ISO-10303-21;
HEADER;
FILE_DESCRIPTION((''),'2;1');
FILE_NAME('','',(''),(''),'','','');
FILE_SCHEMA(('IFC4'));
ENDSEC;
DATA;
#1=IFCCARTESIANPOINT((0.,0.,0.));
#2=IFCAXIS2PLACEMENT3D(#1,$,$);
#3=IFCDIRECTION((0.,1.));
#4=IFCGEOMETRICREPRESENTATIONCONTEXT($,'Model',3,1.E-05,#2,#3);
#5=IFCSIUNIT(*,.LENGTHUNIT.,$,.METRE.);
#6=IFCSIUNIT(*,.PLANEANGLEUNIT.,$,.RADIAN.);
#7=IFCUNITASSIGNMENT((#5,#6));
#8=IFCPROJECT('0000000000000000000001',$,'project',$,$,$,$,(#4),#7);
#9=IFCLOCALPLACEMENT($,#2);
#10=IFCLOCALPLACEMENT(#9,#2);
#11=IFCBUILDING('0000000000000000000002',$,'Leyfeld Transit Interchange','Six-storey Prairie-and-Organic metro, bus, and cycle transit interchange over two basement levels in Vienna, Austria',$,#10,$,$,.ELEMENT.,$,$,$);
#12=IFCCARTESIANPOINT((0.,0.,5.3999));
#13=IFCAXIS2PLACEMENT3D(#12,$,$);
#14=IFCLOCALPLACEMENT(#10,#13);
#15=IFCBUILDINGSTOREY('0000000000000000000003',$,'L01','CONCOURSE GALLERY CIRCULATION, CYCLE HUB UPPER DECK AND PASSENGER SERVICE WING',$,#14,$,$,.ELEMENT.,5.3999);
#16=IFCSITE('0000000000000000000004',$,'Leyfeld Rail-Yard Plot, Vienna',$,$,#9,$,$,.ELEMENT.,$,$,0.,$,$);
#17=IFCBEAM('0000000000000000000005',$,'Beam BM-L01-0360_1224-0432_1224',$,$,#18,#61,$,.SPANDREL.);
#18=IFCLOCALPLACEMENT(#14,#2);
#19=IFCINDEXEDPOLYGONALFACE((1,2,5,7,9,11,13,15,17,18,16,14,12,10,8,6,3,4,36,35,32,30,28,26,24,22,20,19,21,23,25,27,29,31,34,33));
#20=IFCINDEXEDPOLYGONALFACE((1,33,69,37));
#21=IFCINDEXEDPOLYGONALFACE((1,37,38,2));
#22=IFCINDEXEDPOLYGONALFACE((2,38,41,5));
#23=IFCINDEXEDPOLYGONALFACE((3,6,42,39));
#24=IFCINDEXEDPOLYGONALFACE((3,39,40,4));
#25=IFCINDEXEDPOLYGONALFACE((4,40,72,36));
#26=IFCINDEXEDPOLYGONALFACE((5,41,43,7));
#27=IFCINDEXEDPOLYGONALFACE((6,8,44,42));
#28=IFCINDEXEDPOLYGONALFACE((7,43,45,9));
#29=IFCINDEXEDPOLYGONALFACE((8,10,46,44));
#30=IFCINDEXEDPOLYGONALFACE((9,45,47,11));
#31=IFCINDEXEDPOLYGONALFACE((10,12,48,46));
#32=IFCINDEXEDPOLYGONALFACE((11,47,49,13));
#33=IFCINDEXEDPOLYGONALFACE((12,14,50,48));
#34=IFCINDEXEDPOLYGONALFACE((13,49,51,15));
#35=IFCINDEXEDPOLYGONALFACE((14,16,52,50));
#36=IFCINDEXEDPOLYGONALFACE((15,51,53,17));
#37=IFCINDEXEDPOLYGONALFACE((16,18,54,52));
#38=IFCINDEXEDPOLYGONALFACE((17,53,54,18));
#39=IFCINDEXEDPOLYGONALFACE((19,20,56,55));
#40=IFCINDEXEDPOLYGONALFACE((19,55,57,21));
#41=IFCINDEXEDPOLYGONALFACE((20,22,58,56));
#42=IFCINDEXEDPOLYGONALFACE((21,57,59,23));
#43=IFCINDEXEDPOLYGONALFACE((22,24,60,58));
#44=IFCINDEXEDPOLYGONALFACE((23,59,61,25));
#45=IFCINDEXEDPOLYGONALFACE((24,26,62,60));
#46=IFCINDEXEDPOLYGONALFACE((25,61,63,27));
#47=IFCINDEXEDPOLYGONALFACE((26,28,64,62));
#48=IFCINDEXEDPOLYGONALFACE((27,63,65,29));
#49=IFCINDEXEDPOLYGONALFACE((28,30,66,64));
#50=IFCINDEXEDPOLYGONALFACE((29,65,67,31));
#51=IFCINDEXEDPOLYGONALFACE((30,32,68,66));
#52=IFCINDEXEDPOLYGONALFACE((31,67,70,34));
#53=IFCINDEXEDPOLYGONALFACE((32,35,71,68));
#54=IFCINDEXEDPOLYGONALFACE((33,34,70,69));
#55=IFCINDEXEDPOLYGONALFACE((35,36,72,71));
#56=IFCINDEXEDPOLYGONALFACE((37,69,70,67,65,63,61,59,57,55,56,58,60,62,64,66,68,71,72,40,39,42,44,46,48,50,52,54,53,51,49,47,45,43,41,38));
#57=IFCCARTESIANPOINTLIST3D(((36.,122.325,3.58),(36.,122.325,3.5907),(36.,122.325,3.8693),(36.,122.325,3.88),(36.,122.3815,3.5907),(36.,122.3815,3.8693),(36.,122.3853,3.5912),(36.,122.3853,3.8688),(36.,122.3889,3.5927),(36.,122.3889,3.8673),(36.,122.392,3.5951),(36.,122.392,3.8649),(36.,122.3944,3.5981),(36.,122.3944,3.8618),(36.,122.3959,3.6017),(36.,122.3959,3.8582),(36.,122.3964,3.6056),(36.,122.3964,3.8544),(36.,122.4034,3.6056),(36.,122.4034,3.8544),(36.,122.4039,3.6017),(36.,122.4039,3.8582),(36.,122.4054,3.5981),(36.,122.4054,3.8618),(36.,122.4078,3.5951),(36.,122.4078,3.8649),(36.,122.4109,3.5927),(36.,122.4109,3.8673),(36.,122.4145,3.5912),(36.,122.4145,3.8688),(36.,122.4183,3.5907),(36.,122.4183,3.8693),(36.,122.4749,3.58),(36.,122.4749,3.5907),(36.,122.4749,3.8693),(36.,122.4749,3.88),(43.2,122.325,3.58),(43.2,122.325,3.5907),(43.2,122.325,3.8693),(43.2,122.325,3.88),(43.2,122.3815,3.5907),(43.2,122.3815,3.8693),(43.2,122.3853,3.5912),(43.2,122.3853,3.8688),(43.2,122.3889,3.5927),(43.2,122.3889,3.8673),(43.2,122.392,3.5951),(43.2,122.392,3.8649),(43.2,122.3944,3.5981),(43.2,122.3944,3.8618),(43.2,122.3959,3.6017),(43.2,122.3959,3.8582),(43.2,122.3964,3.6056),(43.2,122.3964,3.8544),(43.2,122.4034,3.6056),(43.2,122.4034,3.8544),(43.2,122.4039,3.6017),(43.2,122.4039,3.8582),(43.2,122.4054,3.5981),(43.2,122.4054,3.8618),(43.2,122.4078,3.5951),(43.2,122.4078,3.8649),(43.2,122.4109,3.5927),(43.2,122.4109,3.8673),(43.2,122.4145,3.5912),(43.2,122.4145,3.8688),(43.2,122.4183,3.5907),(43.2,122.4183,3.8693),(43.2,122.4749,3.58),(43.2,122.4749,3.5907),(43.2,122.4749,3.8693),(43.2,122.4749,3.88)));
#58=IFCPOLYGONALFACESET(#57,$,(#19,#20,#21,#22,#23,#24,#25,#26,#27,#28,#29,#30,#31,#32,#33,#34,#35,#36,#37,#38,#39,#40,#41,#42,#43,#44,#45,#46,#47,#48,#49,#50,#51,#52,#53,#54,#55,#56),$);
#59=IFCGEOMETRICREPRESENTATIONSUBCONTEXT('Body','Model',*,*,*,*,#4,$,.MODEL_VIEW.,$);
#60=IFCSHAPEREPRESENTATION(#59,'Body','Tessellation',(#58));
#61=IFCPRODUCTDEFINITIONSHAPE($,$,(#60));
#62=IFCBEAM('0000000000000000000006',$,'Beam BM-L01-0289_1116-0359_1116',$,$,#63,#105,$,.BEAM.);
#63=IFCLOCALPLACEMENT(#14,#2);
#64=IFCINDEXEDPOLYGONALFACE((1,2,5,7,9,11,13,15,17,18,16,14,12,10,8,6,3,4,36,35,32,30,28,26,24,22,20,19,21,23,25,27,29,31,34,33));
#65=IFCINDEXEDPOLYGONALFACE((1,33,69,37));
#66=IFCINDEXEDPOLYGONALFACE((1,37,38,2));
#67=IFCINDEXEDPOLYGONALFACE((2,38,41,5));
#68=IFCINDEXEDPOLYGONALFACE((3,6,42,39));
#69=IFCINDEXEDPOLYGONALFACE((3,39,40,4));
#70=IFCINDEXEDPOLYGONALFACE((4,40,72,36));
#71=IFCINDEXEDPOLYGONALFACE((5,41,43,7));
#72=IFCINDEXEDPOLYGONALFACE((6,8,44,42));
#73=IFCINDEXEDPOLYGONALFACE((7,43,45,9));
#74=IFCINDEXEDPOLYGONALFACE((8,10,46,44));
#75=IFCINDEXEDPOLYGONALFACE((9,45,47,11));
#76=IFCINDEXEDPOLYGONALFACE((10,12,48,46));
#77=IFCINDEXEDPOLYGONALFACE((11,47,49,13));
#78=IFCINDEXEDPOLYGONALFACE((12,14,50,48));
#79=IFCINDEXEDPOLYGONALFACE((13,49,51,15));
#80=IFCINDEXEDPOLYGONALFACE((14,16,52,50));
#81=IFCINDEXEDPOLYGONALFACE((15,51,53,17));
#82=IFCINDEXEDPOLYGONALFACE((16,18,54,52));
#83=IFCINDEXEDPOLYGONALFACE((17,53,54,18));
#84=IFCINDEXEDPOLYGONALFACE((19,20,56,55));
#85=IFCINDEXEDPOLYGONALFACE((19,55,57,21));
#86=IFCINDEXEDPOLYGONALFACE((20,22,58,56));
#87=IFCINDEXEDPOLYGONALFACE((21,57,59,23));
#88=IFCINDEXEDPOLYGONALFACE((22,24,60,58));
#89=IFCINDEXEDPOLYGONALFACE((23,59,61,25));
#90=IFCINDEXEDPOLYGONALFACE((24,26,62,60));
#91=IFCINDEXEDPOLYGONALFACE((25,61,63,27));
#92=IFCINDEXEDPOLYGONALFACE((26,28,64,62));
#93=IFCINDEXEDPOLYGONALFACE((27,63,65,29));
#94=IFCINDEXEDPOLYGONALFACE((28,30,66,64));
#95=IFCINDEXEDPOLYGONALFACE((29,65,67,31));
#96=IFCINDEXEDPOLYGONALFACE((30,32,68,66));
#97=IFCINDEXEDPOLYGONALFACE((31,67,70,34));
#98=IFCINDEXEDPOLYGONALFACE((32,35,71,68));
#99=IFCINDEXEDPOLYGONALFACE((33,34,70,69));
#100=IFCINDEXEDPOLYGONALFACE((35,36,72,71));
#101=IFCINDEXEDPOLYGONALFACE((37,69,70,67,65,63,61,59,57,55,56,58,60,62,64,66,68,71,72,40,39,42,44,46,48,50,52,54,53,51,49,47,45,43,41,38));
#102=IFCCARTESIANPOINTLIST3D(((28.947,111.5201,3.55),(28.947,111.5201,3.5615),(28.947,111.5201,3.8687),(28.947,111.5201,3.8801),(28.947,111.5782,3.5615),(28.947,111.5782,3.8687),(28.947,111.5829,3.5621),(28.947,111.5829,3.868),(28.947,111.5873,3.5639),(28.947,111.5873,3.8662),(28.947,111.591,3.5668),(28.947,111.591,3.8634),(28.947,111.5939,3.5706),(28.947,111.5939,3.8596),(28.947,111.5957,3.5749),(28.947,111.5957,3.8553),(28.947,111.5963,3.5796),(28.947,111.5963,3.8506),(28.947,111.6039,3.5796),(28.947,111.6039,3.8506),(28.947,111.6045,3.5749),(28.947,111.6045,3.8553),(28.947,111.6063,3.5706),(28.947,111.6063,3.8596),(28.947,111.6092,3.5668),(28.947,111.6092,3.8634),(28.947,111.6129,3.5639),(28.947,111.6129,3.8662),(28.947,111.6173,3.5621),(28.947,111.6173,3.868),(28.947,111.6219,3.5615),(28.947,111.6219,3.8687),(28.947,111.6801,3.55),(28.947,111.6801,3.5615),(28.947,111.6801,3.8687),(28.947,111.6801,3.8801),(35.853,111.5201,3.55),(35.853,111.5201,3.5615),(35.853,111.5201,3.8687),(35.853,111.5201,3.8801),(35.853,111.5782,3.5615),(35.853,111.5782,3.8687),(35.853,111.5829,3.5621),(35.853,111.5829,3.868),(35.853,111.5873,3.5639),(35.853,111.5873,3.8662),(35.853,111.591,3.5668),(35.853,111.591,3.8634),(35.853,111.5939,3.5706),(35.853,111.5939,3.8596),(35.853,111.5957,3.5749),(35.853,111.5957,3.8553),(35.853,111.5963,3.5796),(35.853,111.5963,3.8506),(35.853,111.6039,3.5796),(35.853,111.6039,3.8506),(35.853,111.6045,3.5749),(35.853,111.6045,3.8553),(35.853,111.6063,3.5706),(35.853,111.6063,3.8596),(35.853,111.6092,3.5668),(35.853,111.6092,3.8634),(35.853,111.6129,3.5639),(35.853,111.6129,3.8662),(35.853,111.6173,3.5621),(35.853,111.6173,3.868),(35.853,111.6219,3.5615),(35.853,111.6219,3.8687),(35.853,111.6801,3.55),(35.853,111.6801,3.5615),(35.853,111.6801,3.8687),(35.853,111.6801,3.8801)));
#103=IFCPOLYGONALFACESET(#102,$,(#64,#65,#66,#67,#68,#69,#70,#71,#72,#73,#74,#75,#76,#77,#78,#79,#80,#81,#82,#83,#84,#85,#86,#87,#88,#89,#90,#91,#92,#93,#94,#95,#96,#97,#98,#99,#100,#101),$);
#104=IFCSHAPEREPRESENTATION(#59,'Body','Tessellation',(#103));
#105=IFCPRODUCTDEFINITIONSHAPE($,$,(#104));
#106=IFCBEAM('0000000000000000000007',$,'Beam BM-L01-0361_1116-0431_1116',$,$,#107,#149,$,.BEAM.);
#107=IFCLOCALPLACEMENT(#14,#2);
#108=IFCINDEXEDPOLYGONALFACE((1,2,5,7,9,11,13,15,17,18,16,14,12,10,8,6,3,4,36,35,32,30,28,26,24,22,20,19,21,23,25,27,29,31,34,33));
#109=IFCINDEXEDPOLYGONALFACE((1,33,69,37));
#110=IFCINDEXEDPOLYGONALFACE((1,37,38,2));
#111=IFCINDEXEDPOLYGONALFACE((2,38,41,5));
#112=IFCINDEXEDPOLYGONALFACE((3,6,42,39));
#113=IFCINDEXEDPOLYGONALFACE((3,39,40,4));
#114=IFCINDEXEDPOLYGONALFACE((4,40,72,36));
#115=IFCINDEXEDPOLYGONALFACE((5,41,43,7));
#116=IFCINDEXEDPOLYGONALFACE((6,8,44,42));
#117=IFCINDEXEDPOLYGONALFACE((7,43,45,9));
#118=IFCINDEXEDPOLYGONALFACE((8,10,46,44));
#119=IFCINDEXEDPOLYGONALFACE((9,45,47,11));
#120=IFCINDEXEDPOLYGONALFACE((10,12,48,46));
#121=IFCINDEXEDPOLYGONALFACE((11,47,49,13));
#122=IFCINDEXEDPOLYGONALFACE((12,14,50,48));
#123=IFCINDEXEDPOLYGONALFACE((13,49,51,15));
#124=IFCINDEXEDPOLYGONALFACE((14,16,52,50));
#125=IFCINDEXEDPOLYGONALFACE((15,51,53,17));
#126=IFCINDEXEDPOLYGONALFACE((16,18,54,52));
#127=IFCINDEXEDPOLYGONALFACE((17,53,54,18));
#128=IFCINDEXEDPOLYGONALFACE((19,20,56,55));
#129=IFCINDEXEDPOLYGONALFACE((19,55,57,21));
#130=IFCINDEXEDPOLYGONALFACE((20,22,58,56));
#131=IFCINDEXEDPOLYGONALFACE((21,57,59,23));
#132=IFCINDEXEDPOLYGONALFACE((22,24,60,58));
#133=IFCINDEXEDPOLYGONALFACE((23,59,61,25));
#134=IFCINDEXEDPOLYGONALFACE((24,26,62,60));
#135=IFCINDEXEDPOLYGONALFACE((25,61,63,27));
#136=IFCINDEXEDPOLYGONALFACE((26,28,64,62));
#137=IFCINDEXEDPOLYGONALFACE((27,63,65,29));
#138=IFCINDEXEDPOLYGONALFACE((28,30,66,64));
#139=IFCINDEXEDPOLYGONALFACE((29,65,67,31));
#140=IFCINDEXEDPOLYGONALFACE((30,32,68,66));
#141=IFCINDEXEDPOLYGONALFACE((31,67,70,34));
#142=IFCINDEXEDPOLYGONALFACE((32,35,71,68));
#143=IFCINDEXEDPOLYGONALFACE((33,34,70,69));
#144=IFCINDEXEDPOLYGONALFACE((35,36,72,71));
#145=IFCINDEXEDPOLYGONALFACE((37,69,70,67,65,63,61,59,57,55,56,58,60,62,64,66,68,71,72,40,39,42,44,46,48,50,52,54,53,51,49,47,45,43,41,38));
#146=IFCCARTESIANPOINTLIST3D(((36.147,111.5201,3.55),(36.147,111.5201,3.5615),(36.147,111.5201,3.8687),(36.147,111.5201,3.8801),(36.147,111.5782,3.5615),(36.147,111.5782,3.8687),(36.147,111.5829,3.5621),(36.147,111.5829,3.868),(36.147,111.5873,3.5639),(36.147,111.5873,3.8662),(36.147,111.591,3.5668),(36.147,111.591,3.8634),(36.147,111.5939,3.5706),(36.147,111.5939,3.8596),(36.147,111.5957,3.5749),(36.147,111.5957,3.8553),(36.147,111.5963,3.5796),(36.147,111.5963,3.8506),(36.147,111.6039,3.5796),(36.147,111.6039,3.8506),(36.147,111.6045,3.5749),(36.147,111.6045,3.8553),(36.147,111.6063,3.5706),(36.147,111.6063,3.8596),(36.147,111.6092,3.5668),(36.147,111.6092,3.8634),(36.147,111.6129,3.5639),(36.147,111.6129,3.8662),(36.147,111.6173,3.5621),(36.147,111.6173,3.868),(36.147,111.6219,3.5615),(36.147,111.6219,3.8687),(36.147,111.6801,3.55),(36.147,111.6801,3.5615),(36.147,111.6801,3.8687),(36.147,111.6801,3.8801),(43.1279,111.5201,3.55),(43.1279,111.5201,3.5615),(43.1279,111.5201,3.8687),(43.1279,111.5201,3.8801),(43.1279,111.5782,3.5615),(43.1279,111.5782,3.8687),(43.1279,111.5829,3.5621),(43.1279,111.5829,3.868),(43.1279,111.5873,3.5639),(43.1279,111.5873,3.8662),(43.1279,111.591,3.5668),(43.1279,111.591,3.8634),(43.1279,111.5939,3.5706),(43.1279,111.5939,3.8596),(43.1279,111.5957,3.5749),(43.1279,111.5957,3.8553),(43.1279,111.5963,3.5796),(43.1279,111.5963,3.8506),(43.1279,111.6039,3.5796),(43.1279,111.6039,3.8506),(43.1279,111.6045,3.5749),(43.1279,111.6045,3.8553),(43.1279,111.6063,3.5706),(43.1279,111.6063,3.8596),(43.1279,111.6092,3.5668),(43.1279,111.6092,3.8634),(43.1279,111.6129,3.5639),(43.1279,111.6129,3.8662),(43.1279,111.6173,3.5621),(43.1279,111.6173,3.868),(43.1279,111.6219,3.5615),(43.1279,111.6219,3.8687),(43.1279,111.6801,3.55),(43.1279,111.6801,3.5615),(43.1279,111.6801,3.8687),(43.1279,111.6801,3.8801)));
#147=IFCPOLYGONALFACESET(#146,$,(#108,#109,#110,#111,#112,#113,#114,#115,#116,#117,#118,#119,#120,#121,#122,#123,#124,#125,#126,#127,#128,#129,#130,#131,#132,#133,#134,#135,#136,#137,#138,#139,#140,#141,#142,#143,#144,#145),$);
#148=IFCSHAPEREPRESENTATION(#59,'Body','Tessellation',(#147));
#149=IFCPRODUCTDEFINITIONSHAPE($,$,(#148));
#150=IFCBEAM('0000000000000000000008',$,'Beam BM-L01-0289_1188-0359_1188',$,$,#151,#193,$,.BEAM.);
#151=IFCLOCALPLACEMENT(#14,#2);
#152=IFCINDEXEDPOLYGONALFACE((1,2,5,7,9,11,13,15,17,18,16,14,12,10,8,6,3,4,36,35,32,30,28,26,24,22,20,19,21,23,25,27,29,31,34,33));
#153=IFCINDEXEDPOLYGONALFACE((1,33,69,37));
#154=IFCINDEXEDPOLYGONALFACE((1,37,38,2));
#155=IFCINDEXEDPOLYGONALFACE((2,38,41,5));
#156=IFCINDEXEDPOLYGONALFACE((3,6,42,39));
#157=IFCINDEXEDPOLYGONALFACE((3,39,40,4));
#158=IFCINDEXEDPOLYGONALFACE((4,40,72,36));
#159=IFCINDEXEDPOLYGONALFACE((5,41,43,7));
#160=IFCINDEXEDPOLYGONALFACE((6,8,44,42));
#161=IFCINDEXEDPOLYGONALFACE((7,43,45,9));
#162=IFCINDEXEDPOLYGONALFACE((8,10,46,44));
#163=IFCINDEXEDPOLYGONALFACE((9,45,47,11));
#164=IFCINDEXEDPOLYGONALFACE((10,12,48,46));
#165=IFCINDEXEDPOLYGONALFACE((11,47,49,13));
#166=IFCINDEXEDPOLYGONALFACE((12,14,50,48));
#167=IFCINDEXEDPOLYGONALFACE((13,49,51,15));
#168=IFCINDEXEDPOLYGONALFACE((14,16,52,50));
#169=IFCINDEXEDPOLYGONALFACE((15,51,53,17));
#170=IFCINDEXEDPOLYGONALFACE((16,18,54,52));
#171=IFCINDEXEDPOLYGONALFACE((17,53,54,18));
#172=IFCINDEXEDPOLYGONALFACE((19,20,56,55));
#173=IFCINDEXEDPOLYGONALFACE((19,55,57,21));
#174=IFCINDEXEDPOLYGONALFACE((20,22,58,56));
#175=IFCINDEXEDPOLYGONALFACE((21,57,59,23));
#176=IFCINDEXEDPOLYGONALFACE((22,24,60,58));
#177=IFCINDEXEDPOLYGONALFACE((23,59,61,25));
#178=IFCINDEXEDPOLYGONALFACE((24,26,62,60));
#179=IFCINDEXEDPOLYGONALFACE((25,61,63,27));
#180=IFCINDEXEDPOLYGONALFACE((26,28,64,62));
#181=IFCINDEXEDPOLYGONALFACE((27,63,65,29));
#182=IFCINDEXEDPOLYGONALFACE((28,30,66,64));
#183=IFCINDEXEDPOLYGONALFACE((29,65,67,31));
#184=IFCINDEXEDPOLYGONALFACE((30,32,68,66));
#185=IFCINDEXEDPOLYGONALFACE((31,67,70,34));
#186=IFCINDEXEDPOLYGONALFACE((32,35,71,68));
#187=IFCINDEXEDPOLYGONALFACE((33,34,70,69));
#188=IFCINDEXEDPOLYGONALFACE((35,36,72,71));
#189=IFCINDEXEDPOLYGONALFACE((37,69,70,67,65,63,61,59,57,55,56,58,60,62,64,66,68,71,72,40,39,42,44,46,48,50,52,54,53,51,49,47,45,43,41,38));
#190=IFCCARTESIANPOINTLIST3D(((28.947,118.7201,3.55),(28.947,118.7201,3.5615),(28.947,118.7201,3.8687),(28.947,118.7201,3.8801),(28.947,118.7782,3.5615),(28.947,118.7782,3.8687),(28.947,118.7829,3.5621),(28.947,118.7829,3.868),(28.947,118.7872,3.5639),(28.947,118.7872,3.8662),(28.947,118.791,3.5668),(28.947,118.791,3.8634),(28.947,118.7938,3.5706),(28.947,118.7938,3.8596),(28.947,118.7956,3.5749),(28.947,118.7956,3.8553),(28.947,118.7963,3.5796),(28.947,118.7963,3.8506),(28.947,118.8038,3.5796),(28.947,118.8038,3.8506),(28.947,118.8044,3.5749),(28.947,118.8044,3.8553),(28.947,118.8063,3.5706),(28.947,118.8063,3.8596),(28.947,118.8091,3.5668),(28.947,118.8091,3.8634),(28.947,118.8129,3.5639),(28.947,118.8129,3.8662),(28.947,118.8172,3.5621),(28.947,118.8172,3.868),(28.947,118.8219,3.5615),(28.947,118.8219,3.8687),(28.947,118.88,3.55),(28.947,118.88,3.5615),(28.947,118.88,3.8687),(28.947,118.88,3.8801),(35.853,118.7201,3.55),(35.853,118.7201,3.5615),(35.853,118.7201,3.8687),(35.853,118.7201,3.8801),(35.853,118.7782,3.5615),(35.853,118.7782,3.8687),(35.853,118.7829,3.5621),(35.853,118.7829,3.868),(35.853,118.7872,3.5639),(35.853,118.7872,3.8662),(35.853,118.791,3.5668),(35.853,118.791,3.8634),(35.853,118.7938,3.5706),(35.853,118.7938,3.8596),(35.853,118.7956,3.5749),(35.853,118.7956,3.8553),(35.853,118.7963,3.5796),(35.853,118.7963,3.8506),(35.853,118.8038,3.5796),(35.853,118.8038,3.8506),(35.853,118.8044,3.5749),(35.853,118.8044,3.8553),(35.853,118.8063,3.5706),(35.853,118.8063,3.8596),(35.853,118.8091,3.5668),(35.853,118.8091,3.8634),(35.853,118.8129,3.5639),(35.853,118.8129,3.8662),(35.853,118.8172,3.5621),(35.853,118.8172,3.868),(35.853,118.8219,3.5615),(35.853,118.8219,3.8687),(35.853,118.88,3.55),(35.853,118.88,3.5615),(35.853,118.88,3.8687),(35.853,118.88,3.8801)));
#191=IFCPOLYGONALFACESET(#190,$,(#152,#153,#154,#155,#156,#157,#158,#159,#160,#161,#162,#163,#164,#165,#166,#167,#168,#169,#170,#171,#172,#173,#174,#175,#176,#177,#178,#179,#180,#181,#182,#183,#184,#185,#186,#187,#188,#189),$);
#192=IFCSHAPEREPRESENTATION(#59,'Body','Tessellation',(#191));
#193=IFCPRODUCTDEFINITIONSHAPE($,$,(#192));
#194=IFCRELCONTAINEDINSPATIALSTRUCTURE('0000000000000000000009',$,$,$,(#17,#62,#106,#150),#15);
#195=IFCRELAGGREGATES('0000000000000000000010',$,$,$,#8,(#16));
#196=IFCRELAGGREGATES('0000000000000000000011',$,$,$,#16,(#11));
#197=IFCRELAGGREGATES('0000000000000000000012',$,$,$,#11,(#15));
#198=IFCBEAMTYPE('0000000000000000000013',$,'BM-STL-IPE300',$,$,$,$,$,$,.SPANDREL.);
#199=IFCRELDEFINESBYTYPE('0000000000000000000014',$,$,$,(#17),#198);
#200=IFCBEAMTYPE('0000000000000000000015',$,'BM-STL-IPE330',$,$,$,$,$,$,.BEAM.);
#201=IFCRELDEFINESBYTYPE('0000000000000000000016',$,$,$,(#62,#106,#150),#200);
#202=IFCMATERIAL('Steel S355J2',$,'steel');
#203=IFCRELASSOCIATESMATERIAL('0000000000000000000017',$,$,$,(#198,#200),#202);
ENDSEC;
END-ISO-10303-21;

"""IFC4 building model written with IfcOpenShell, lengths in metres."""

from ifc_helpers import new_model, si_unit, direction, frame, origin, origin_2d, place, context, subcontext, project, spatial, i_section, extrude, material, material_profile, profile_set, type_object, element, save


model = new_model("IFC4")

# Units and contexts
model_context = context("Model", 3, precision=1e-05, world=origin(), true_north=direction((0.0, 1.0)))
body_context = subcontext(model_context, "Body", "Model", "MODEL_VIEW")
ifc_project = project(units=[si_unit("LENGTHUNIT", "METRE"), si_unit("PLANEANGLEUNIT", "RADIAN")], contexts=[model_context])

# Site, building, storey
site_placement = place(None, origin())
site = spatial("IfcSite", under=ifc_project, at=site_placement, Name="Leyfeld Rail-Yard Plot, Vienna", CompositionType="ELEMENT", RefElevation=0.0)
building_placement = place(site_placement, origin())
building = spatial("IfcBuilding", under=site, at=building_placement, Name="Leyfeld Transit Interchange", Description="Six-storey Prairie-and-Organic metro, bus, and cycle transit interchange over two basement levels in Vienna, Austria", CompositionType="ELEMENT")
storey_placement = place(building_placement, frame((0.0, 0.0, 5.3999)))
storey = spatial("IfcBuildingStorey", under=building, at=storey_placement, Name="L01", Description="CONCOURSE GALLERY CIRCULATION, CYCLE HUB UPPER DECK AND PASSENGER SERVICE WING", CompositionType="ELEMENT", Elevation=5.3999)

# Beams
ifc_material_1 = material(Name="Steel S355J2", Category="steel")
ifc_material_profile_1 = material_profile(ifc_material_1, i_section(OverallWidth=0.1499, OverallDepth=0.3, WebThickness=0.0071, FlangeThickness=0.0107, FilletRadius=0.0149, at=origin_2d()), Name="IPE 300")
ifc_profile_set_1 = profile_set([ifc_material_profile_1], Name="Steel S355J2")
beam_type_1 = type_object("IfcBeamType", Name="BM-STL-IPE300", PredefinedType="SPANDREL", material=ifc_profile_set_1)
for number, where, z_axis, x_axis, name in (
    (1, (36.0, 122.3999, 3.73), (1.0, 0.0, 0.0), (0.0, 1.0, 0.0), "Beam BM-L01-0360_1224-0432_1224"),
):
    element("IfcBeam", number, at=place(storey_placement, frame(where, z_axis=z_axis, x_axis=x_axis)), inside=storey, type_object=beam_type_1, Name=name, PredefinedType="SPANDREL", context=body_context, shape_type="SweptSolid", body=[
        extrude(i_section(OverallWidth=0.1499, OverallDepth=0.3, WebThickness=0.0071, FlangeThickness=0.0107, FilletRadius=0.0149, at=origin_2d()), origin(), (0.0, 0.0, 1.0), 7.2),
    ])
ifc_material_profile_2 = material_profile(ifc_material_1, i_section(OverallWidth=0.1599, OverallDepth=0.3301, WebThickness=0.0076, FlangeThickness=0.0115, FilletRadius=0.0181, at=origin_2d()), Name="IPE 330")
ifc_profile_set_2 = profile_set([ifc_material_profile_2], Name="Steel S355J2")
beam_type_2 = type_object("IfcBeamType", Name="BM-STL-IPE330", PredefinedType="BEAM", material=ifc_profile_set_2)
beam_1_placement = place(storey_placement, frame((28.947, 111.6001, 3.7151), z_axis=(1.0, 0.0, 0.0), x_axis=(0.0, 1.0, 0.0)))
element("IfcBeam", 2, at=beam_1_placement, inside=storey, type_object=beam_type_2, Name="Beam BM-L01-0289_1116-0359_1116", PredefinedType="BEAM", context=body_context, shape_type="SweptSolid", body=[
    extrude(i_section(OverallWidth=0.1599, OverallDepth=0.3301, WebThickness=0.0076, FlangeThickness=0.0115, FilletRadius=0.0181, at=origin_2d()), origin(), (0.0, 0.0, 1.0), 6.906),
])
beam_2_placement = place(storey_placement, frame((36.147, 111.6001, 3.7151), z_axis=(1.0, 0.0, 0.0), x_axis=(0.0, 1.0, 0.0)))
element("IfcBeam", 3, at=beam_2_placement, inside=storey, type_object=beam_type_2, Name="Beam BM-L01-0361_1116-0431_1116", PredefinedType="BEAM", context=body_context, shape_type="SweptSolid", body=[
    extrude(i_section(OverallWidth=0.1599, OverallDepth=0.3301, WebThickness=0.0076, FlangeThickness=0.0115, FilletRadius=0.0181, at=origin_2d()), origin(), (0.0, 0.0, 1.0), 6.981),
])
beam_3_placement = place(storey_placement, frame((28.947, 118.8, 3.7151), z_axis=(1.0, 0.0, 0.0), x_axis=(0.0, 1.0, 0.0)))
element("IfcBeam", 4, at=beam_3_placement, inside=storey, type_object=beam_type_2, Name="Beam BM-L01-0289_1188-0359_1188", PredefinedType="BEAM", context=body_context, shape_type="SweptSolid", body=[
    extrude(i_section(OverallWidth=0.1599, OverallDepth=0.3301, WebThickness=0.0076, FlangeThickness=0.0115, FilletRadius=0.0181, at=origin_2d()), origin(), (0.0, 0.0, 1.0), 6.906),
])

save(model, "model.ifc")
